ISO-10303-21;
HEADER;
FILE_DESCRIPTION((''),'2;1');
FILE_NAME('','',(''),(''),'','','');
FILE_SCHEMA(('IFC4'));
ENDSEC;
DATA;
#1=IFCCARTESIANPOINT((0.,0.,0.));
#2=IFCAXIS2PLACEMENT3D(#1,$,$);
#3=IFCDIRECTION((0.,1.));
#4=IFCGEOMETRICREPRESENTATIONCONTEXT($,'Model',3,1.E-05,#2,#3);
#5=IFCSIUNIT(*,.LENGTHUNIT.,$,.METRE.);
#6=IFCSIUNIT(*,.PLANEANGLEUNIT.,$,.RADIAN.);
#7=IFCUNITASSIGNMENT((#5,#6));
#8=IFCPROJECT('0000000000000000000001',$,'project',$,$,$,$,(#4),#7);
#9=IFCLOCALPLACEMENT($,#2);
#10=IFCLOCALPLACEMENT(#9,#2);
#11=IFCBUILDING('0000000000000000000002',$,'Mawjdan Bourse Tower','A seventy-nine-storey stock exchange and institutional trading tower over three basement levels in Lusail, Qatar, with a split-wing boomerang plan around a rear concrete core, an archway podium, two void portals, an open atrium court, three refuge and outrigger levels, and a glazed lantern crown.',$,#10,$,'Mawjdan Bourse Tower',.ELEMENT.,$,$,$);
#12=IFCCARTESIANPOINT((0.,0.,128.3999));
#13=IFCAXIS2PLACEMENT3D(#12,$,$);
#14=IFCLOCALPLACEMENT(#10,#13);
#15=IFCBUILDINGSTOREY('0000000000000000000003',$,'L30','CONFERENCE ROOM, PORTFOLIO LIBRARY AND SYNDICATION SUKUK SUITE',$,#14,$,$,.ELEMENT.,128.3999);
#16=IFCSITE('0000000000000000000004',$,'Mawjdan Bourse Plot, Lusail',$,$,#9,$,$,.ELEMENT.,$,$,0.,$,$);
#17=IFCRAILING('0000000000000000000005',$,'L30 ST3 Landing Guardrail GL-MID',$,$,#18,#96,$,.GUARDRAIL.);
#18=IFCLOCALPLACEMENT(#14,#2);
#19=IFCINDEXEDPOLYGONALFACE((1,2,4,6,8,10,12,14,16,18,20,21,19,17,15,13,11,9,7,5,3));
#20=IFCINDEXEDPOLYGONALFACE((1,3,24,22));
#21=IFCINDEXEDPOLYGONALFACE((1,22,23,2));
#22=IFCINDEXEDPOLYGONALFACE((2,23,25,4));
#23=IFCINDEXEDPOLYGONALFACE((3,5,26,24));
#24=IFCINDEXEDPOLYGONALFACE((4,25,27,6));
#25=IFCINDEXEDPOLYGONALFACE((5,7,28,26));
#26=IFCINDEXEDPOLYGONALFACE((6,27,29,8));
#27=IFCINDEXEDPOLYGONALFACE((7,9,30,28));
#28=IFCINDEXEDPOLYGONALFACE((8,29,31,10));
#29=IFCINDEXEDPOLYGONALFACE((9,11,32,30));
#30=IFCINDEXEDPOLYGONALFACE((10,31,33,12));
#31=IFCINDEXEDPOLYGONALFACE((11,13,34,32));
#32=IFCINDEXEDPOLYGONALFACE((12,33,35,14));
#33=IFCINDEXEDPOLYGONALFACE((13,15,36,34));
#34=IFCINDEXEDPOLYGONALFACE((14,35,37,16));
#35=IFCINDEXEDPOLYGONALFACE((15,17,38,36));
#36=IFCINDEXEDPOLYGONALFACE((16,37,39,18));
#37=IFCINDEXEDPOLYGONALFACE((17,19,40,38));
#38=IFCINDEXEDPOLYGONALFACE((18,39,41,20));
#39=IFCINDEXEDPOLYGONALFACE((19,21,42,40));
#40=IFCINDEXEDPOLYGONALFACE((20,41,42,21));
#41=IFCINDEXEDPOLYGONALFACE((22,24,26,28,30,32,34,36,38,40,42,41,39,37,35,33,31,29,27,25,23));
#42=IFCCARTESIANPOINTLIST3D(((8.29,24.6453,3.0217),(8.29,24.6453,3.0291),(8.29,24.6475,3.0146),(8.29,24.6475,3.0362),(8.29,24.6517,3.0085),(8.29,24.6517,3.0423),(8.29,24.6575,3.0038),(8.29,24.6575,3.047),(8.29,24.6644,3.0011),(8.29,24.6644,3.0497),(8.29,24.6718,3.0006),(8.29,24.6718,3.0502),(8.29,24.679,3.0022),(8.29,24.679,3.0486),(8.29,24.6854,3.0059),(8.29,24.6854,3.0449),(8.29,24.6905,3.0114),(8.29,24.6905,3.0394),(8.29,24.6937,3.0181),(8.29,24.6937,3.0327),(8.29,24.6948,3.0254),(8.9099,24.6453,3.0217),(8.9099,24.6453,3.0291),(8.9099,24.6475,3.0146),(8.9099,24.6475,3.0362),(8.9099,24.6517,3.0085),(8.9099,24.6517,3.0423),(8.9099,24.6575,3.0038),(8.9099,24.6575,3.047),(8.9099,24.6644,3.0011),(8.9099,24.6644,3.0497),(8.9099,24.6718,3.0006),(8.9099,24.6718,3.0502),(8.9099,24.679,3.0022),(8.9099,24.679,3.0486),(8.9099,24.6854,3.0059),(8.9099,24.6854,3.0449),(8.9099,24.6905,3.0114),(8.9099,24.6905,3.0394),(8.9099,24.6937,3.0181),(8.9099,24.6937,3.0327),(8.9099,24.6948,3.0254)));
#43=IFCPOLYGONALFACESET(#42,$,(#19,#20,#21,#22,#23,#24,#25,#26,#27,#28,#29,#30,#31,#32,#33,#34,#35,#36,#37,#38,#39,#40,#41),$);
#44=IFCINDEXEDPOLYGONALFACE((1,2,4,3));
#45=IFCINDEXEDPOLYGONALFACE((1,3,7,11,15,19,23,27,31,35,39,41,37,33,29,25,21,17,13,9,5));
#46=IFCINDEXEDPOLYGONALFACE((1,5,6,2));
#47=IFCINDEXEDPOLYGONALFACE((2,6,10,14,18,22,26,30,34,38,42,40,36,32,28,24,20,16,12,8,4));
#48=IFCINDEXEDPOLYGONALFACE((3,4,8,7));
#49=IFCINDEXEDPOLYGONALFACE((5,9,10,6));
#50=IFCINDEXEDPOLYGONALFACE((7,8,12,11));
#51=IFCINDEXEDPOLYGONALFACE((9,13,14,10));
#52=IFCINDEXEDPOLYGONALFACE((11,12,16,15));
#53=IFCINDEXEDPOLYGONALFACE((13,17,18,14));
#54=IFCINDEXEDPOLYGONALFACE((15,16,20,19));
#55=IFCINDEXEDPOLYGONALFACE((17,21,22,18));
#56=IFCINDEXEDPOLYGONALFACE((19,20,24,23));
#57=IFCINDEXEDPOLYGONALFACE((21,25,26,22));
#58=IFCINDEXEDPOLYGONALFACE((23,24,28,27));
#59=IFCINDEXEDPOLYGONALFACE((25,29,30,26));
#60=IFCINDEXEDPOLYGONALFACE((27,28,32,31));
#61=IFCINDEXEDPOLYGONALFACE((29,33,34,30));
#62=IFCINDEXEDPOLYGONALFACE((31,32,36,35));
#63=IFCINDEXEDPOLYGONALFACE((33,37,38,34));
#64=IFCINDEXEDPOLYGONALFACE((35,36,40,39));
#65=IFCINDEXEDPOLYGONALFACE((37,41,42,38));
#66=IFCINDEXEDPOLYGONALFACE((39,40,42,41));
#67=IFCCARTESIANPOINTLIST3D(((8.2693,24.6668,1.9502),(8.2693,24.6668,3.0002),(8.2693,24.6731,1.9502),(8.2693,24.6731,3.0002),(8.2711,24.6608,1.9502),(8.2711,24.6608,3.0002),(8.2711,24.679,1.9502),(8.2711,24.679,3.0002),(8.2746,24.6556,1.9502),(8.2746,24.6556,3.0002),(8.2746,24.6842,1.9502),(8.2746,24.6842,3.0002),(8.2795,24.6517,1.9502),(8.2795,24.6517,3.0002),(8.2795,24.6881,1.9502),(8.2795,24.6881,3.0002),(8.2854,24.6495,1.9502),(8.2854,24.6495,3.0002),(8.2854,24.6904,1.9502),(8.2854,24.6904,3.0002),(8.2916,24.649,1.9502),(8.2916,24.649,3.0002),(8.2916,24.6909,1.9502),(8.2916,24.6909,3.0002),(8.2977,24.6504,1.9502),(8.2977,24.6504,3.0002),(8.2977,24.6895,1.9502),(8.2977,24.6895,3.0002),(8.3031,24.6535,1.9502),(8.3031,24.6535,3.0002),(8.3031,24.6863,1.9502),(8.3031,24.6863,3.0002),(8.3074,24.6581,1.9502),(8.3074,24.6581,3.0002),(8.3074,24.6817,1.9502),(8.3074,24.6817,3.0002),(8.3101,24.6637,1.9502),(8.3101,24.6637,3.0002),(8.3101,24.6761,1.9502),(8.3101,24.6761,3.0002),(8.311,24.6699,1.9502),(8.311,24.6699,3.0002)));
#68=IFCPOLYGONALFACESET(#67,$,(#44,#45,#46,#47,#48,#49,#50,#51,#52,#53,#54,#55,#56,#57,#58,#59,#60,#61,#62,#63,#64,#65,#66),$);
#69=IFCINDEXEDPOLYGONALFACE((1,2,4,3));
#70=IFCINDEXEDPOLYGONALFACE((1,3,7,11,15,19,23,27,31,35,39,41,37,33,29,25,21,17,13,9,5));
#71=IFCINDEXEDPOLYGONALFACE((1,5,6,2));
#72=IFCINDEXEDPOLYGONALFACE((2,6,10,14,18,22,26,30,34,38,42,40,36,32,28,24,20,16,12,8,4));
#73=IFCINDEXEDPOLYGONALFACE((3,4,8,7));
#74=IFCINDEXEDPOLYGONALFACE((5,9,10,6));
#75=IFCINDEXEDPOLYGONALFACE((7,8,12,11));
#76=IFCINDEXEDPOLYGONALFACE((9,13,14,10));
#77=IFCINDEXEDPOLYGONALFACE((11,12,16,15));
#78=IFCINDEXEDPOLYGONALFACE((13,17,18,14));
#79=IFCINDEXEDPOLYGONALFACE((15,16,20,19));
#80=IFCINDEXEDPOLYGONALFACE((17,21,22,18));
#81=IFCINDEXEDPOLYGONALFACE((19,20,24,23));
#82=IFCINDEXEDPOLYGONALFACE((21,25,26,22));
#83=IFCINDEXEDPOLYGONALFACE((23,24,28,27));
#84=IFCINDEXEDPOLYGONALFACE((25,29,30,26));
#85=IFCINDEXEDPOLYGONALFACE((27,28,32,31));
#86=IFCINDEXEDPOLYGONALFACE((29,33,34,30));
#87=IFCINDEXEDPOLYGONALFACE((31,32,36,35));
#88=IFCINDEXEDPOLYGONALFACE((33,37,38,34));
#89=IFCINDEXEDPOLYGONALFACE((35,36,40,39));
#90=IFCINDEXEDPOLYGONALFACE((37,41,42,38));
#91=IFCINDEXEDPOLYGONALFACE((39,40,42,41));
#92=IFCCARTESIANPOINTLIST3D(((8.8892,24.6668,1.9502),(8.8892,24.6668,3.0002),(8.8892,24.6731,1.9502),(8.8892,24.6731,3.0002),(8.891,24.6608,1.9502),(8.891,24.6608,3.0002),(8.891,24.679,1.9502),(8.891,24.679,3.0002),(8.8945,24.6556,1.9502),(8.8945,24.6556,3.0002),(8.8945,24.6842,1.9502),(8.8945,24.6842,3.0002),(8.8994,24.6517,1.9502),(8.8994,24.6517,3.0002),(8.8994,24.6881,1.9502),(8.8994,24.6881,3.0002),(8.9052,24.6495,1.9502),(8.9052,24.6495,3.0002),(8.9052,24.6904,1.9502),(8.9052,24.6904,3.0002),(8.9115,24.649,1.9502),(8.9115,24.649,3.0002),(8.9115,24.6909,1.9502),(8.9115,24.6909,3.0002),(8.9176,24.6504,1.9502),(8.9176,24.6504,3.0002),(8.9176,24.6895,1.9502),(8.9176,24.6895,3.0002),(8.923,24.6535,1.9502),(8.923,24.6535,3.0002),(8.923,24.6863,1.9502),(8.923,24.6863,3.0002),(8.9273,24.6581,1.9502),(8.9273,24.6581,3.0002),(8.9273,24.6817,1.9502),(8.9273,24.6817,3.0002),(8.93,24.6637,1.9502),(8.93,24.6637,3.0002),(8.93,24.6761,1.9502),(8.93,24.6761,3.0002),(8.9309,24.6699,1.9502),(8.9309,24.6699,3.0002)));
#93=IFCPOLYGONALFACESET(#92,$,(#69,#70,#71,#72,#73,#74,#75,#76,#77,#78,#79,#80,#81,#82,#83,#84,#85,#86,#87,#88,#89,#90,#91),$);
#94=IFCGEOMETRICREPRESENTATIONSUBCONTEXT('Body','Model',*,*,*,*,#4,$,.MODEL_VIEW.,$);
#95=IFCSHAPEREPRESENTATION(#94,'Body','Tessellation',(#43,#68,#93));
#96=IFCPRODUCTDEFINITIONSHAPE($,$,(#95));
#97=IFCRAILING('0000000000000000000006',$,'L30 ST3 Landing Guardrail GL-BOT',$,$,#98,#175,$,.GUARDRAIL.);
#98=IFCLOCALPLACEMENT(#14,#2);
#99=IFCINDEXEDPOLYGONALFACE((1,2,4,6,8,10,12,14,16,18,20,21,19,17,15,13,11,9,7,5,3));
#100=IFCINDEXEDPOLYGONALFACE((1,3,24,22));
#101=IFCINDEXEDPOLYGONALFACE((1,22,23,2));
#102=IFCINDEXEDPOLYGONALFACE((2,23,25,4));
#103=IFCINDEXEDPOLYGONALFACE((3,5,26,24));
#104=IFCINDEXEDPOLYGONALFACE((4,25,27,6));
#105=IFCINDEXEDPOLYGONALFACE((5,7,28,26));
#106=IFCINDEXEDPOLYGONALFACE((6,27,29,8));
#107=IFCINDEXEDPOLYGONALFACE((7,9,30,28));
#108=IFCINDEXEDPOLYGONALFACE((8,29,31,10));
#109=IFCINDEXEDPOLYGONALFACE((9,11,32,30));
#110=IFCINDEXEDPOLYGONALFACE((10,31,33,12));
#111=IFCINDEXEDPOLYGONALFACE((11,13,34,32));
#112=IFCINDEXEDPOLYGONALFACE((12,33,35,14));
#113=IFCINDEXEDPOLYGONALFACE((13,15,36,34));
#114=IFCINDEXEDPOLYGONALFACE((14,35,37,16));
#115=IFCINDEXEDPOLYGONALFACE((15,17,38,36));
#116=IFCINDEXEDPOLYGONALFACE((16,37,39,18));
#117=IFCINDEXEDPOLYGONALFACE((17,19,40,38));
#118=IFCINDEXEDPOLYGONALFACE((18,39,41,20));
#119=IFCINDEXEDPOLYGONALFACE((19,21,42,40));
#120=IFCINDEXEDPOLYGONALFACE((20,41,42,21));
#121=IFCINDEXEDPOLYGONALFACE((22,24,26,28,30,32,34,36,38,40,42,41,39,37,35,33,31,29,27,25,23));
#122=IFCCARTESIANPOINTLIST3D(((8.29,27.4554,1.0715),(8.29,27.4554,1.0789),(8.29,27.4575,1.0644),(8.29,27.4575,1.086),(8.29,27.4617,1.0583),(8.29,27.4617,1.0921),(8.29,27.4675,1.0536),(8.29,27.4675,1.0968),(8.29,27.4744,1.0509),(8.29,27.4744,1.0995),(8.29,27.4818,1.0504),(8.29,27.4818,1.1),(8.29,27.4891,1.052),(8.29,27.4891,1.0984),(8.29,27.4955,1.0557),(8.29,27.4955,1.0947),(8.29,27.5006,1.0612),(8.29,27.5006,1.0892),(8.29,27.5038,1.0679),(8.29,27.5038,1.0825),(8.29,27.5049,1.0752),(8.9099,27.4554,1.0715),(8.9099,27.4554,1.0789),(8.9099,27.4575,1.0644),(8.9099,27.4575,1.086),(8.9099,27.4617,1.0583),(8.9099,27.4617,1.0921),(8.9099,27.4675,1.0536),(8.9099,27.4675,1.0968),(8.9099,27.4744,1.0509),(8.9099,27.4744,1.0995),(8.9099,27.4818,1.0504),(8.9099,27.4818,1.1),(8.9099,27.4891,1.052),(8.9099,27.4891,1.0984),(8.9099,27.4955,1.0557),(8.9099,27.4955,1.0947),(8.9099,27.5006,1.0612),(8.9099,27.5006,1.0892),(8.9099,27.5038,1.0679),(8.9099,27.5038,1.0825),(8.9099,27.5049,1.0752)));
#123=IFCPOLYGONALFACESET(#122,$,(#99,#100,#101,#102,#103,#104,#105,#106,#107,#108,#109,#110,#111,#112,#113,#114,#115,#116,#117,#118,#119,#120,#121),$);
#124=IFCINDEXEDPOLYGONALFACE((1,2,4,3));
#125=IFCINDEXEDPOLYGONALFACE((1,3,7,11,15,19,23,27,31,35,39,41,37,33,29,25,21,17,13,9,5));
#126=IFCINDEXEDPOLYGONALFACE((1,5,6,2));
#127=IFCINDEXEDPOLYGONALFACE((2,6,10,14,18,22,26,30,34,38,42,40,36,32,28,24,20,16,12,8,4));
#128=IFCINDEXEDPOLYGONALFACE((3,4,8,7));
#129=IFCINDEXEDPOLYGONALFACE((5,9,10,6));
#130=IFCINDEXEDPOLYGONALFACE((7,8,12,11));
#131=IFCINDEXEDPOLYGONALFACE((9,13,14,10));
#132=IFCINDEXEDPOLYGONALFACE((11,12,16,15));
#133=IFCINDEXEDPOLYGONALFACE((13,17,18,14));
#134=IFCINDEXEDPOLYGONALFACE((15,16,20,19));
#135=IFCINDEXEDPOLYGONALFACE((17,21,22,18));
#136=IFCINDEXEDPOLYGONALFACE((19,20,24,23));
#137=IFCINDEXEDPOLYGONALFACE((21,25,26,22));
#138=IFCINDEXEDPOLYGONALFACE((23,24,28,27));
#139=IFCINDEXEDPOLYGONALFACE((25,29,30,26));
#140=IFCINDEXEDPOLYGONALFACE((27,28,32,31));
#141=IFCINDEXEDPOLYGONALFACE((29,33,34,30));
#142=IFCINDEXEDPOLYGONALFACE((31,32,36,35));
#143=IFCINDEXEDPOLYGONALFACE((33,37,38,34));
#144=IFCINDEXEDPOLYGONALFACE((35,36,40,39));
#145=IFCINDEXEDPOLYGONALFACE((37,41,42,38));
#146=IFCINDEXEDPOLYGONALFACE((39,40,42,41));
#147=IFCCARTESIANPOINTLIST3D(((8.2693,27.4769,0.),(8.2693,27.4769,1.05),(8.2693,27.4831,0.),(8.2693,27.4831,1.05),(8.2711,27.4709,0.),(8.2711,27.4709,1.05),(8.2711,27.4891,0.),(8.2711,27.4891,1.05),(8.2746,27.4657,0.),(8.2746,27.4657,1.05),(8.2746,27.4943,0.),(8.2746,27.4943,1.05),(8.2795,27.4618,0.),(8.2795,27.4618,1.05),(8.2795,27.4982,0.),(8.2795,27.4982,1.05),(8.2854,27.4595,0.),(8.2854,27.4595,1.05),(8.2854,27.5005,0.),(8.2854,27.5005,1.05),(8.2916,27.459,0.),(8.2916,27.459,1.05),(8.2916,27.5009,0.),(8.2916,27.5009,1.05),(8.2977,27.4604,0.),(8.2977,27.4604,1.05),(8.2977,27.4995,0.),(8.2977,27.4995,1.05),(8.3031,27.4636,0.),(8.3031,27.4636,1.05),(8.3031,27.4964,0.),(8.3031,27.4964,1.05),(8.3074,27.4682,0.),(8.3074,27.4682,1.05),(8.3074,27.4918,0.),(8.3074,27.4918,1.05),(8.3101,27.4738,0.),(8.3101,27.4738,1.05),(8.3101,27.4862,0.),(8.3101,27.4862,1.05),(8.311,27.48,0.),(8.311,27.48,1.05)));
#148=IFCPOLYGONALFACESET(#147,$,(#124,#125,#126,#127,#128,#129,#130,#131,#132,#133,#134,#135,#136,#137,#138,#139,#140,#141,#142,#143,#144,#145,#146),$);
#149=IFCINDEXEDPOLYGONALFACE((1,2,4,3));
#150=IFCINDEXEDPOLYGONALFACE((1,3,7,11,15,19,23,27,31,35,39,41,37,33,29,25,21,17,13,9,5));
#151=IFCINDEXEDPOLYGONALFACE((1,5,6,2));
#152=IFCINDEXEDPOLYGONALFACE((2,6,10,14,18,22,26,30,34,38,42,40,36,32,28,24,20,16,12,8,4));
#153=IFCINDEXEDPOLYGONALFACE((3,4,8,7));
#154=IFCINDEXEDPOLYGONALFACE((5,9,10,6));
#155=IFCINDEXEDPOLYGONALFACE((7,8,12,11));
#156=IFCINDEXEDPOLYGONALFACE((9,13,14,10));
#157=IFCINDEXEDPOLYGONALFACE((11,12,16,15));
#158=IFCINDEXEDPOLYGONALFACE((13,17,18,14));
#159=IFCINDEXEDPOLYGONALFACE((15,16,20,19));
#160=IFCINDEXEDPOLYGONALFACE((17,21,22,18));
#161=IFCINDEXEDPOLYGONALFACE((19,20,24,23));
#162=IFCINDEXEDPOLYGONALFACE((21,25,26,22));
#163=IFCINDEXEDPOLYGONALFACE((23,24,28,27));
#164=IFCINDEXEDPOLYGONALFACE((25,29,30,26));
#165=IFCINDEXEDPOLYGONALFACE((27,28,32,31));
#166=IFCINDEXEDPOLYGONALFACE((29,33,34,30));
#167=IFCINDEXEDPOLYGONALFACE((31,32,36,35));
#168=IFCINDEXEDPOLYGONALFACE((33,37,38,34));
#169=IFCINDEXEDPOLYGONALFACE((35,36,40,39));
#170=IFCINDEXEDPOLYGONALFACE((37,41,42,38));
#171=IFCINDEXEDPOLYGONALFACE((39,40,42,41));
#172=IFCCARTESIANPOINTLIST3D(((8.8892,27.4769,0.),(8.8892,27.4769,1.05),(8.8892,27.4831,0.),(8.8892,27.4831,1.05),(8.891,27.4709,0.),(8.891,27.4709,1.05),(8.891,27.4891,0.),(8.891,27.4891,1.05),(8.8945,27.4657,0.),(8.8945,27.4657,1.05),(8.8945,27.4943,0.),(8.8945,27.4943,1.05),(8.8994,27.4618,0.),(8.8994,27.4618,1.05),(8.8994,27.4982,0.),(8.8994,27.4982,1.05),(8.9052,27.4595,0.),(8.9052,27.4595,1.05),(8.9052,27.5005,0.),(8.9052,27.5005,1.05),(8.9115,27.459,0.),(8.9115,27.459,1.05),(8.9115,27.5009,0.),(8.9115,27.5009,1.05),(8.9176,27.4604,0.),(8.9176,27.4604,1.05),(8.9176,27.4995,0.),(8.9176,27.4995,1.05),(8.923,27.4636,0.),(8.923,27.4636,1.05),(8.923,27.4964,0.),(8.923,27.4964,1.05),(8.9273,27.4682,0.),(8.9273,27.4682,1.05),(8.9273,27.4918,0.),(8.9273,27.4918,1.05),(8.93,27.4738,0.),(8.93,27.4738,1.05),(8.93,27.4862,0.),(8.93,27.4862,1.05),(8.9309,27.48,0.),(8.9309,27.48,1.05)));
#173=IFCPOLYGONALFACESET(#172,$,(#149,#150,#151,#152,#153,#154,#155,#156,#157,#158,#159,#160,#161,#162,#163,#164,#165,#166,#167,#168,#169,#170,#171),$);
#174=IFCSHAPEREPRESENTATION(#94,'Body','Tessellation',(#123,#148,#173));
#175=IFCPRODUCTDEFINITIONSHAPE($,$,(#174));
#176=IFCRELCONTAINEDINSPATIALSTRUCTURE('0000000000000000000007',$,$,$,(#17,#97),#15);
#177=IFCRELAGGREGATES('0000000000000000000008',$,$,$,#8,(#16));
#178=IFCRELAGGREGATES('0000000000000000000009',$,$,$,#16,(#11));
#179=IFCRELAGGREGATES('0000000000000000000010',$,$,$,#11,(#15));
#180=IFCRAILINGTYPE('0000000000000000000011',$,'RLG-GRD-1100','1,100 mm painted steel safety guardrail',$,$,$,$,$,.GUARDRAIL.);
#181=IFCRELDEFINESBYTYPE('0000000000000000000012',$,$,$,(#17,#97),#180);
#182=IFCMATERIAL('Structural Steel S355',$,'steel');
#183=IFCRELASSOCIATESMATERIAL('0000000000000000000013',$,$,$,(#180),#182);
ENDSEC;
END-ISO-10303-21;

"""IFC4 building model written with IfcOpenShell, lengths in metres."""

from ifc_helpers import new_model, si_unit, direction, frame, origin, origin_2d, place, context, subcontext, project, spatial, circle, extrude, material, type_object, element, save


model = new_model("IFC4")

# Units and contexts
model_context = context("Model", 3, precision=1e-05, world=origin(), true_north=direction((0.0, 1.0)))
body_context = subcontext(model_context, "Body", "Model", "MODEL_VIEW")
ifc_project = project(units=[si_unit("LENGTHUNIT", "METRE"), si_unit("PLANEANGLEUNIT", "RADIAN")], contexts=[model_context])

# Site, building, storey
site_placement = place(None, origin())
site = spatial("IfcSite", under=ifc_project, at=site_placement, Name="Mawjdan Bourse Plot, Lusail", CompositionType="ELEMENT", RefElevation=0.0)
building_placement = place(site_placement, origin())
building = spatial("IfcBuilding", under=site, at=building_placement, Name="Mawjdan Bourse Tower", Description="A seventy-nine-storey stock exchange and institutional trading tower over three basement levels in Lusail, Qatar, with a split-wing boomerang plan around a rear concrete core, an archway podium, two void portals, an open atrium court, three refuge and outrigger levels, and a glazed lantern crown.", LongName="Mawjdan Bourse Tower", CompositionType="ELEMENT")
storey_placement = place(building_placement, frame((0.0, 0.0, 128.3999)))
storey = spatial("IfcBuildingStorey", under=building, at=storey_placement, Name="L30", Description="CONFERENCE ROOM, PORTFOLIO LIBRARY AND SYNDICATION SUKUK SUITE", CompositionType="ELEMENT", Elevation=128.3999)

# Shared definitions
ifc_material_1 = material(Name="Structural Steel S355", Category="steel")

# Railings
railing_type_1 = type_object("IfcRailingType", Name="RLG-GRD-1100", Description="1,100 mm painted steel safety guardrail", PredefinedType="GUARDRAIL", material=ifc_material_1)
for number, where, name in (
    (1, (8.29, 24.6699, 1.9502), "L30 ST3 Landing Guardrail GL-MID"),
    (2, (8.29, 27.48, 0.0), "L30 ST3 Landing Guardrail GL-BOT"),
):
    element("IfcRailing", number, at=place(storey_placement, frame(where)), inside=storey, type_object=railing_type_1, Name=name, PredefinedType="GUARDRAIL", context=body_context, shape_type="SweptSolid", body=[
        extrude(circle(Radius=0.0249, at=origin_2d()), frame((0.0, 0.0, 1.0752), z_axis=(1.0, 0.0, 0.0), x_axis=(0.0, 1.0, 0.0)), (0.0, 0.0, 1.0), 0.6199),
        extrude(circle(Radius=0.021, at=origin_2d()), origin(), (0.0, 0.0, 1.0), 1.05),
        extrude(circle(Radius=0.021, at=origin_2d()), frame((0.6199, 0.0, 0.0)), (0.0, 0.0, 1.0), 1.05),
    ])

save(model, "model.ifc")
